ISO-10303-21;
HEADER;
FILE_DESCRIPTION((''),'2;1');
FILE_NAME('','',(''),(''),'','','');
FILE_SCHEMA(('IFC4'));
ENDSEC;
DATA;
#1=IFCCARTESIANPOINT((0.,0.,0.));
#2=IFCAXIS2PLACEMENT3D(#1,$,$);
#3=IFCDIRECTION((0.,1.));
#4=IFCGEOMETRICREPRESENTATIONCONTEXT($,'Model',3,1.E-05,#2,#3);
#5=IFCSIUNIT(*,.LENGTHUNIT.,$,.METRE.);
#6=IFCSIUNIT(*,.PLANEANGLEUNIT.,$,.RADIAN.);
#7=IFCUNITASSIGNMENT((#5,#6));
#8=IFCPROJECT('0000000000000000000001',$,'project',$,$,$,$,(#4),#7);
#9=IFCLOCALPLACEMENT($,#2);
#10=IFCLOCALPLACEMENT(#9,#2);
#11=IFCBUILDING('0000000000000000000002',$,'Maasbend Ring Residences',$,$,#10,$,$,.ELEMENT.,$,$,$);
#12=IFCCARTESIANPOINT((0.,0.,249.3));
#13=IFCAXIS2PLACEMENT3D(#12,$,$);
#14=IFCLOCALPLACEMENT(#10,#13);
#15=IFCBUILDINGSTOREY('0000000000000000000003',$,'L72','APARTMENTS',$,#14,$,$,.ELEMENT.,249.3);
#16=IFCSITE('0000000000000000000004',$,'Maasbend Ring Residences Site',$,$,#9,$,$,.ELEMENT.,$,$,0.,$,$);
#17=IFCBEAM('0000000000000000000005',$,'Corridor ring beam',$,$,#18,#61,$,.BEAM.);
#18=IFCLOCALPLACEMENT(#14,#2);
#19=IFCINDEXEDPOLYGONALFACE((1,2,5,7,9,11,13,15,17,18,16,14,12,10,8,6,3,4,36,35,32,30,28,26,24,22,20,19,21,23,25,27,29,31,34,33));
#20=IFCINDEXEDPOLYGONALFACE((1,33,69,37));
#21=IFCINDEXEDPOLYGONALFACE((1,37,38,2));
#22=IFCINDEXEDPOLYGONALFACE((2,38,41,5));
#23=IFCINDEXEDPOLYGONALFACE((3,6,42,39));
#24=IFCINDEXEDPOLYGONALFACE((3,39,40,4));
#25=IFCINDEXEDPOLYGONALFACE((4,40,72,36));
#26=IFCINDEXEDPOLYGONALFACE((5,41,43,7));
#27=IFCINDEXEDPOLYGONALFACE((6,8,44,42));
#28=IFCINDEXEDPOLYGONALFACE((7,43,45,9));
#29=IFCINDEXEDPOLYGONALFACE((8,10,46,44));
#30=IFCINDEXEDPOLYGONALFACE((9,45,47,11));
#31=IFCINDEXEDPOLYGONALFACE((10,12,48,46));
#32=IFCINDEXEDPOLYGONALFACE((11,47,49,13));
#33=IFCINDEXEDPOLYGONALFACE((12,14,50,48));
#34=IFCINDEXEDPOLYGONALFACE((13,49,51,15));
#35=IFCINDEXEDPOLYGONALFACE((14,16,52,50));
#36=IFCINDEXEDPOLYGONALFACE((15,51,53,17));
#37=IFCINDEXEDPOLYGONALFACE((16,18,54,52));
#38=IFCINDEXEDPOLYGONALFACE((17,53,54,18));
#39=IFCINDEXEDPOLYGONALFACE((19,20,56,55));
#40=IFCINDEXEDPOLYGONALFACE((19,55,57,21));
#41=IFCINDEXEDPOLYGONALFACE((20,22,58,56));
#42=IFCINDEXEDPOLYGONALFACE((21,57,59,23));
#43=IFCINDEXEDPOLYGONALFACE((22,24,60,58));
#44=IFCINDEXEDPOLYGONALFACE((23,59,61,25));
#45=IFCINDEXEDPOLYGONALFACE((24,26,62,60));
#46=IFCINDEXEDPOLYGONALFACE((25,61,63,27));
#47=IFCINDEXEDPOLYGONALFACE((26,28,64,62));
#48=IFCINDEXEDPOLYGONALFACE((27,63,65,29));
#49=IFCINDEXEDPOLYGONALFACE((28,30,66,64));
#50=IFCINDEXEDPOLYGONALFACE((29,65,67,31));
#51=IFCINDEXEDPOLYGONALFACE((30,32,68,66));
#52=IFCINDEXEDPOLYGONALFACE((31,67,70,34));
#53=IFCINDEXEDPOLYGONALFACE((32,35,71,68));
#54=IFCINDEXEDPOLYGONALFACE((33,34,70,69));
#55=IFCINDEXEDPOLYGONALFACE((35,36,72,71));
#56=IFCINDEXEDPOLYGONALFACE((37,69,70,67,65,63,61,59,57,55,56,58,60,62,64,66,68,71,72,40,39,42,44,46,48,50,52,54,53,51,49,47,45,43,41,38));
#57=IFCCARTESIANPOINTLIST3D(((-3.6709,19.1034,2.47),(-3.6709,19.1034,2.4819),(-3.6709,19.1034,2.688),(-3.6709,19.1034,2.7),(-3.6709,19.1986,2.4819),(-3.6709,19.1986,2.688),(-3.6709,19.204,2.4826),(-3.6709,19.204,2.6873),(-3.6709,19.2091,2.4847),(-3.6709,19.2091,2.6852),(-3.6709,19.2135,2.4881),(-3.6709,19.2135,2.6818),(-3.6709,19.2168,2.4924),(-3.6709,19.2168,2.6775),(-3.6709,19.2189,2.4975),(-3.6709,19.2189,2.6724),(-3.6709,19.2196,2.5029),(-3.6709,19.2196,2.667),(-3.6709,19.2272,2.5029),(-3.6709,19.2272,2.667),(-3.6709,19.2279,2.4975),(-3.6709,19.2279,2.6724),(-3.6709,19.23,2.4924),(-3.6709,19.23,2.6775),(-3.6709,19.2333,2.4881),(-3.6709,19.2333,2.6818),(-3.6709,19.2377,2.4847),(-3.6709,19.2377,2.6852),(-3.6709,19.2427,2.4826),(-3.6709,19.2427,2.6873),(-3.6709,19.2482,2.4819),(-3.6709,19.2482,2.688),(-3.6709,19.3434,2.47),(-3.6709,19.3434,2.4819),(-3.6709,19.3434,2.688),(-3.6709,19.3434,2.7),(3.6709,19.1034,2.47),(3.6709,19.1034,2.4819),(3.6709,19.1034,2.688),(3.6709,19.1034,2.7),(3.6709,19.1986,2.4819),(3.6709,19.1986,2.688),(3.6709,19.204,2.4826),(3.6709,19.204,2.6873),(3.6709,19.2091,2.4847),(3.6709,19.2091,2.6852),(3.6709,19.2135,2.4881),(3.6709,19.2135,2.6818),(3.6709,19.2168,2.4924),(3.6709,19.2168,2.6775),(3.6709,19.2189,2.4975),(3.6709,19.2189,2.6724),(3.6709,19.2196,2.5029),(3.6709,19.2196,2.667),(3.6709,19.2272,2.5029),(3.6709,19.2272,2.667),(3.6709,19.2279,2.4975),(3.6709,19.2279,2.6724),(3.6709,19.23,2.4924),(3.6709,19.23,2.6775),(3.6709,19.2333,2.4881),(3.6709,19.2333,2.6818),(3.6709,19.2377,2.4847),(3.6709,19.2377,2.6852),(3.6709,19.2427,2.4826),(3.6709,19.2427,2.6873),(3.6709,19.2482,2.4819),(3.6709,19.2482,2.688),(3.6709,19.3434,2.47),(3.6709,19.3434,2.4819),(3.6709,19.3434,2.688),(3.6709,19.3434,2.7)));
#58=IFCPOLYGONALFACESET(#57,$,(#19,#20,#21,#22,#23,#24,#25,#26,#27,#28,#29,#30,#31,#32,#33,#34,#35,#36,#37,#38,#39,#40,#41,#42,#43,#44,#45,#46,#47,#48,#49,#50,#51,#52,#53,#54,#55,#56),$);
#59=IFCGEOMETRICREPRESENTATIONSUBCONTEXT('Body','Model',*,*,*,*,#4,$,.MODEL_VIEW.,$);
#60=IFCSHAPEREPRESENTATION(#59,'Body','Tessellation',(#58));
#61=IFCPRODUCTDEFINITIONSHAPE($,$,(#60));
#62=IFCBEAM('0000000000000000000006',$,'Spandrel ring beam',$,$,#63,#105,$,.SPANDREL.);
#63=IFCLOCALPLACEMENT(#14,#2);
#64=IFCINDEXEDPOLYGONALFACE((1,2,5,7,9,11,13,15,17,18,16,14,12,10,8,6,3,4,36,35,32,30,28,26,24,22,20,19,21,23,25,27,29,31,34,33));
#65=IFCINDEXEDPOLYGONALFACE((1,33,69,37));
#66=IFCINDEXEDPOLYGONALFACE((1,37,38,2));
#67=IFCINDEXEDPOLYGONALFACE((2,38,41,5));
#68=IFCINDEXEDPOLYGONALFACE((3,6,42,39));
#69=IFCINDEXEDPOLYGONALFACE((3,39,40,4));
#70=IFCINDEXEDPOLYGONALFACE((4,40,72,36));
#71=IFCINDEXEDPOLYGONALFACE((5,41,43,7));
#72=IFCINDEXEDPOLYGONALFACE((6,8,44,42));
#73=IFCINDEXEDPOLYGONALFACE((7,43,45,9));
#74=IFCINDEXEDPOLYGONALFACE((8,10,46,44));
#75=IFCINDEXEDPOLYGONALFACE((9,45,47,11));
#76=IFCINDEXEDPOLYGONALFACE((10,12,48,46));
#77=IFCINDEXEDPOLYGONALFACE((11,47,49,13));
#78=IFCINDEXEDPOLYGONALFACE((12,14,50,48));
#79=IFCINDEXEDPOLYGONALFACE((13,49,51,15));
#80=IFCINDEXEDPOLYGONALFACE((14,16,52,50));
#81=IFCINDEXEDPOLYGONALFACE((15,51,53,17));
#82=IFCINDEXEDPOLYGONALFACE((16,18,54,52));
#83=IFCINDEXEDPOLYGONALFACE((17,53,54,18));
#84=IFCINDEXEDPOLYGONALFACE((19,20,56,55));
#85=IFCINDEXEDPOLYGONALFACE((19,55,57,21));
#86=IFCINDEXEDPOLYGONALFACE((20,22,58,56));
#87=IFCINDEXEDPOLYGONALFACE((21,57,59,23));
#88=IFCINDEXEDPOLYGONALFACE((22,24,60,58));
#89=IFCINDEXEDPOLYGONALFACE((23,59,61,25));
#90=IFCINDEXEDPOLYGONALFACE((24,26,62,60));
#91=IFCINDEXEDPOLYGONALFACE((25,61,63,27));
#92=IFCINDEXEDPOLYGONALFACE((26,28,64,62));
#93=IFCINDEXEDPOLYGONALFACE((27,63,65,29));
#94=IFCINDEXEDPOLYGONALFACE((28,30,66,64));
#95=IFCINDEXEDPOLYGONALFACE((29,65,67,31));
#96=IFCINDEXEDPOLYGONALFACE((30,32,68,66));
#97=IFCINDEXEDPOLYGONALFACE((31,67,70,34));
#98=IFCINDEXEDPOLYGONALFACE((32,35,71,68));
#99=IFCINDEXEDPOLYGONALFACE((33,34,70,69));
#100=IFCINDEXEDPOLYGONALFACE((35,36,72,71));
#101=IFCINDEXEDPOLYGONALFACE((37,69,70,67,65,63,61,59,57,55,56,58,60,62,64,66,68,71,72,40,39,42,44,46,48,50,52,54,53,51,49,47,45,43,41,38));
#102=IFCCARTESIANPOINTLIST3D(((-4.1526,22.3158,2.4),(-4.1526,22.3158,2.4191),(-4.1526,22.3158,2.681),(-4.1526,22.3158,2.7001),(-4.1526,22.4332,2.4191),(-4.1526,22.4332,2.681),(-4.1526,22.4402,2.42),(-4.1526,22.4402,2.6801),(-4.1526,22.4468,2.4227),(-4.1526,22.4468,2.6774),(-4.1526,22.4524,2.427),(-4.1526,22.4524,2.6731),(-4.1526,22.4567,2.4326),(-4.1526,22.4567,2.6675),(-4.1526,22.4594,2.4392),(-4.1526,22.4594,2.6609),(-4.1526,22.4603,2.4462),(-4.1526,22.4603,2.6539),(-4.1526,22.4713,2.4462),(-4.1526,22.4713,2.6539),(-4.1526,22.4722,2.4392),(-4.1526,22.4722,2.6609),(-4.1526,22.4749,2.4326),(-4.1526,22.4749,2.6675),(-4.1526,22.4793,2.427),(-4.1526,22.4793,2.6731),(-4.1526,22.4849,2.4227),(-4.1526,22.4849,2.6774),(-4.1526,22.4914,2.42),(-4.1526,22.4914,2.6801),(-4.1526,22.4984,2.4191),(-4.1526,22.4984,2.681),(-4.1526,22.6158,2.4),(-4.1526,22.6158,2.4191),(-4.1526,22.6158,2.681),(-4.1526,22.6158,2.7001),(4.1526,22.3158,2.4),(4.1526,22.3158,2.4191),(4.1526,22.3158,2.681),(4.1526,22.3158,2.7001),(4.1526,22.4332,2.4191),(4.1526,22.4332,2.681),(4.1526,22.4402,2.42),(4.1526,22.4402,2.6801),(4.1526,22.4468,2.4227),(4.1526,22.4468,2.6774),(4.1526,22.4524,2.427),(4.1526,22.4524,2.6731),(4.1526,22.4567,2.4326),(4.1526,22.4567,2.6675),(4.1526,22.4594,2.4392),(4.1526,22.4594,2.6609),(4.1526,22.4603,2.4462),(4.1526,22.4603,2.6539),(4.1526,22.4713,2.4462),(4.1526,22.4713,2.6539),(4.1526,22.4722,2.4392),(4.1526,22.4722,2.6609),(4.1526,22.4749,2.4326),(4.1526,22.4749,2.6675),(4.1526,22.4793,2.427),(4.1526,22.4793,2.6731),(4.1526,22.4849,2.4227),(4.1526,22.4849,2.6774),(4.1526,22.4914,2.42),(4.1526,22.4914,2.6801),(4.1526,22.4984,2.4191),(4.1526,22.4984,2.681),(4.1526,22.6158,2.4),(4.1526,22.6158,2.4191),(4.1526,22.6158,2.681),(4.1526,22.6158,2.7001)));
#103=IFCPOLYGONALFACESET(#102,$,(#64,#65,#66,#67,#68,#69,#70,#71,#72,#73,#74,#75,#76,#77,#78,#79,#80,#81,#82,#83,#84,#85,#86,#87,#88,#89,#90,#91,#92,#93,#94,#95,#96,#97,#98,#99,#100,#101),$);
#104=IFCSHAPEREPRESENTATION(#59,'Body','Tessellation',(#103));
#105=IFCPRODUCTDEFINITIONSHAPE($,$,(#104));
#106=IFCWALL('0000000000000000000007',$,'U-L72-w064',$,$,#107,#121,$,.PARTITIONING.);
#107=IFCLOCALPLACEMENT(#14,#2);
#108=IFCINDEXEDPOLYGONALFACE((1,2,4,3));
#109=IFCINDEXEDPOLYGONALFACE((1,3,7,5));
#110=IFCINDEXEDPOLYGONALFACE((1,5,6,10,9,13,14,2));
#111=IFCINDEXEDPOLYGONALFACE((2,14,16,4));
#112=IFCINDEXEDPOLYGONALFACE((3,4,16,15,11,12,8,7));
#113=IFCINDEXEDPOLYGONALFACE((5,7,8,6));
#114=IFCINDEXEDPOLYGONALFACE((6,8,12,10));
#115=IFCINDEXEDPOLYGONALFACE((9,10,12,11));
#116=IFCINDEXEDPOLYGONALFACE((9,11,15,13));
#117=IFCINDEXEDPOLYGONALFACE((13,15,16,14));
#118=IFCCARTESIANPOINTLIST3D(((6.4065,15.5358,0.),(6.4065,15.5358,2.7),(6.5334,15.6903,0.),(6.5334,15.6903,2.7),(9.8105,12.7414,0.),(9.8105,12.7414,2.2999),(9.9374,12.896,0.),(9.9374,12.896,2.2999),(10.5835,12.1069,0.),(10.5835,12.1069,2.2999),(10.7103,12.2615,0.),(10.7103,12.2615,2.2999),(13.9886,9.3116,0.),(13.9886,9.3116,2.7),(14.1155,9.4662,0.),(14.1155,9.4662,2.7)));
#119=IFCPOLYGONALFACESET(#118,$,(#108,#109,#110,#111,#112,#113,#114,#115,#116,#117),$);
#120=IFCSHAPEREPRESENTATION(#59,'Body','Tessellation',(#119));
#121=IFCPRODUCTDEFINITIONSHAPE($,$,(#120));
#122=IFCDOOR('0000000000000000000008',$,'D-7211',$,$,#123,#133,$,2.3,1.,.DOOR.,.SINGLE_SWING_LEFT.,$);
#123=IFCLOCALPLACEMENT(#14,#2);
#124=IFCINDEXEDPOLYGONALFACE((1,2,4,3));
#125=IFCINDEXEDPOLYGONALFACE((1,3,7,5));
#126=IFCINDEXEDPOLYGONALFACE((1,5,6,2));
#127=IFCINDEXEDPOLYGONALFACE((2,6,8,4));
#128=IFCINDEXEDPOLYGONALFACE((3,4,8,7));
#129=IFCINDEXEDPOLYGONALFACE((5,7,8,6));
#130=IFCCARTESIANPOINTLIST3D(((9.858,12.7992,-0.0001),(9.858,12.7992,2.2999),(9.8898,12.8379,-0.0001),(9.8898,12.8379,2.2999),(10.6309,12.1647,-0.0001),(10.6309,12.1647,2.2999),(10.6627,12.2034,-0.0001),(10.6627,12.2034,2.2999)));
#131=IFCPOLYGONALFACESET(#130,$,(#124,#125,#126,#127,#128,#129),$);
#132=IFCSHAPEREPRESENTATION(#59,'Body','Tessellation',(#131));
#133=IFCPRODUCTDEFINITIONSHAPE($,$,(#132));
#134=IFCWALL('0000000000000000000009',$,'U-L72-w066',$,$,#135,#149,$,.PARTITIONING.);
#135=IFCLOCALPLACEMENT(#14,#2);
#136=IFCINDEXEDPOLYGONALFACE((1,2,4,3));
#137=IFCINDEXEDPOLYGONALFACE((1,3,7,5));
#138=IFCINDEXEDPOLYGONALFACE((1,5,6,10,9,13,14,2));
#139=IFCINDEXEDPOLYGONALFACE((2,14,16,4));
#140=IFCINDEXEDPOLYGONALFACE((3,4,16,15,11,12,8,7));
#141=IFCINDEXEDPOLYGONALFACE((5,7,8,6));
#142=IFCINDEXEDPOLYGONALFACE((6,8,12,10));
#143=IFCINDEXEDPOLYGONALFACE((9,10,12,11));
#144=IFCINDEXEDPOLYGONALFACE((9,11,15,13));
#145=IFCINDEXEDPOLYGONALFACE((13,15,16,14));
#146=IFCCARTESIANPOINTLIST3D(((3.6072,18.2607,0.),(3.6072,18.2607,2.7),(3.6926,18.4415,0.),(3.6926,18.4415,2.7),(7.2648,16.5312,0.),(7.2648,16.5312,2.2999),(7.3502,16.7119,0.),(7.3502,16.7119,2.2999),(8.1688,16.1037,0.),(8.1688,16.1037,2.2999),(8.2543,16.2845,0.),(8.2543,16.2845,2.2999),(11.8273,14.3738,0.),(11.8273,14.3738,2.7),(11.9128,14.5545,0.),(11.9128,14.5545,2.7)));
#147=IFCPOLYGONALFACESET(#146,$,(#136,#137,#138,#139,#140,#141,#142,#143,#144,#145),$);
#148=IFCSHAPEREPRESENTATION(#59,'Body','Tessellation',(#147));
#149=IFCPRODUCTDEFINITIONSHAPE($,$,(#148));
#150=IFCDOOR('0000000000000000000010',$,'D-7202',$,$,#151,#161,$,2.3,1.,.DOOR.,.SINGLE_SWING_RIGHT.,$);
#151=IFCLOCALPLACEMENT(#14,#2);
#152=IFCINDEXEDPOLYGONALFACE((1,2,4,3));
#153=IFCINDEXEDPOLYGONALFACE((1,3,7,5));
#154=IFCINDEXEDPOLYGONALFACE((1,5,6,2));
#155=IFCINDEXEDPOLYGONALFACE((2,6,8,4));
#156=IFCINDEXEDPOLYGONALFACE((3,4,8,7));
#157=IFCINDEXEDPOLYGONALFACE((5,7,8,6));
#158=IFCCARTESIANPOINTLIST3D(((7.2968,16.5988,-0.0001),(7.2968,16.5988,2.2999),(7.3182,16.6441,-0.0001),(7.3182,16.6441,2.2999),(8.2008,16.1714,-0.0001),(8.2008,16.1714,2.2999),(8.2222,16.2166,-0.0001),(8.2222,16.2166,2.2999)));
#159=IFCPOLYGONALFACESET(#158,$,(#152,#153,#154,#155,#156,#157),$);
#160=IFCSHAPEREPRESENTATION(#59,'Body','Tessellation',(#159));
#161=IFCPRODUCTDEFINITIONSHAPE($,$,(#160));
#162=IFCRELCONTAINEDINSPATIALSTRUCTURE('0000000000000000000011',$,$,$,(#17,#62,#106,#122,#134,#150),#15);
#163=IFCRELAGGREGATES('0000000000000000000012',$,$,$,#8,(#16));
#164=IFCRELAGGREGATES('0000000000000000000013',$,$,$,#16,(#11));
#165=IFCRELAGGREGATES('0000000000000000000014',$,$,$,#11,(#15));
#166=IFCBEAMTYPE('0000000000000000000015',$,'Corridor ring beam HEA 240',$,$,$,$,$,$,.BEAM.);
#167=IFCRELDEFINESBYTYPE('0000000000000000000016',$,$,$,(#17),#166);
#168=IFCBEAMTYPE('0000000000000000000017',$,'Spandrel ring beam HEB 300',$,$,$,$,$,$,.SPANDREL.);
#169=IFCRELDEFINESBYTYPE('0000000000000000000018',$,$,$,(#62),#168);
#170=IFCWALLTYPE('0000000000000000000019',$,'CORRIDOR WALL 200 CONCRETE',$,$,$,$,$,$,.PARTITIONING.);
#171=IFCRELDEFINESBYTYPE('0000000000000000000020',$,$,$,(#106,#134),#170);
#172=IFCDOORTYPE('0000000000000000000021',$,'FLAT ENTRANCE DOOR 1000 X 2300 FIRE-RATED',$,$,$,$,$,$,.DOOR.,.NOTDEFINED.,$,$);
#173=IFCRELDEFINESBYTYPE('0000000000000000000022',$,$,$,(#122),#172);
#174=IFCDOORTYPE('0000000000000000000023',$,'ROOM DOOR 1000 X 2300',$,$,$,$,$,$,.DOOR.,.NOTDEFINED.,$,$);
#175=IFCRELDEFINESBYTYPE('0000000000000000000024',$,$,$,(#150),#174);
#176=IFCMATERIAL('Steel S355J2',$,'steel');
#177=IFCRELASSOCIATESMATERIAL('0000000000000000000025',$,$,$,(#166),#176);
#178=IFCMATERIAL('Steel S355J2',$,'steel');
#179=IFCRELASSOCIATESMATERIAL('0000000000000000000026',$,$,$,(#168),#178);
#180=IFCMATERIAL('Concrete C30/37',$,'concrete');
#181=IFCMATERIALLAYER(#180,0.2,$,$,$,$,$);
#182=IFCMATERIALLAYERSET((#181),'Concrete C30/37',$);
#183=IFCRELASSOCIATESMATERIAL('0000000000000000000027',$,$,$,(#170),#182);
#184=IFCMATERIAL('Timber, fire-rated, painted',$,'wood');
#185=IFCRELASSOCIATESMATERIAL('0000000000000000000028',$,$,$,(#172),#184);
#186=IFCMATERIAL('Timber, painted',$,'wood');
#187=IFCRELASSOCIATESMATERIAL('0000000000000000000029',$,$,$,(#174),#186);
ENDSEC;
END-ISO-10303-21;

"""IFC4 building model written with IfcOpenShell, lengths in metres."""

from ifc_helpers import new_model, si_unit, direction, frame, frame_2d, origin, origin_2d, place, context, subcontext, project, spatial, rectangle, i_section, extrude, material, layer, layer_set, material_profile, profile_set, type_object, element, fill, save


model = new_model("IFC4")

# Units and contexts
model_context = context("Model", 3, precision=1e-05, world=origin(), true_north=direction((0.0, 1.0)))
body_context = subcontext(model_context, "Body", "Model", "MODEL_VIEW")
ifc_project = project(units=[si_unit("LENGTHUNIT", "METRE"), si_unit("PLANEANGLEUNIT", "RADIAN")], contexts=[model_context])

# Site, building, storey
site_placement = place(None, origin())
site = spatial("IfcSite", under=ifc_project, at=site_placement, Name="Maasbend Ring Residences Site", CompositionType="ELEMENT", RefElevation=0.0)
building_placement = place(site_placement, origin())
building = spatial("IfcBuilding", under=site, at=building_placement, Name="Maasbend Ring Residences", CompositionType="ELEMENT")
storey_placement = place(building_placement, frame((0.0, 0.0, 249.3)))
storey = spatial("IfcBuildingStorey", under=building, at=storey_placement, Name="L72", Description="APARTMENTS", CompositionType="ELEMENT", Elevation=249.3)

# Beams
ifc_material_1 = material(Name="Steel S355J2", Category="steel")
ifc_material_profile_1 = material_profile(ifc_material_1, i_section(OverallWidth=0.24, OverallDepth=0.23, WebThickness=0.0076, FlangeThickness=0.012, FilletRadius=0.021, at=origin_2d()), Name="HEA 240")
ifc_profile_set_1 = profile_set([ifc_material_profile_1], Name="Steel S355J2")
beam_type_1 = type_object("IfcBeamType", Name="Corridor ring beam HEA 240", PredefinedType="BEAM", material=ifc_profile_set_1)
beam_1_placement = place(storey_placement, frame((3.6709, 19.2234, 2.585), z_axis=(-1.0, 0.0, 0.0), x_axis=(0.0, -1.0, 0.0)))
element("IfcBeam", 1, at=beam_1_placement, inside=storey, type_object=beam_type_1, Name="Corridor ring beam", PredefinedType="BEAM", context=body_context, shape_type="SweptSolid", body=[
    extrude(i_section(OverallWidth=0.24, OverallDepth=0.23, WebThickness=0.0076, FlangeThickness=0.012, FilletRadius=0.021, at=origin_2d()), origin(), (0.0, 0.0, 1.0), 7.3418),
])
ifc_material_2 = material(Name="Steel S355J2", Category="steel")
ifc_material_profile_2 = material_profile(ifc_material_2, i_section(OverallWidth=0.3, OverallDepth=0.3, WebThickness=0.011, FlangeThickness=0.019, FilletRadius=0.0271, at=origin_2d()), Name="HEB 300")
ifc_profile_set_2 = profile_set([ifc_material_profile_2], Name="Steel S355J2")
beam_type_2 = type_object("IfcBeamType", Name="Spandrel ring beam HEB 300", PredefinedType="SPANDREL", material=ifc_profile_set_2)
beam_2_placement = place(storey_placement, frame((4.1526, 22.4658, 2.55), z_axis=(-1.0, 0.0, 0.0), x_axis=(0.0, -1.0, 0.0)))
element("IfcBeam", 2, at=beam_2_placement, inside=storey, type_object=beam_type_2, Name="Spandrel ring beam", PredefinedType="SPANDREL", context=body_context, shape_type="SweptSolid", body=[
    extrude(i_section(OverallWidth=0.3, OverallDepth=0.3, WebThickness=0.011, FlangeThickness=0.019, FilletRadius=0.0271, at=origin_2d()), origin(), (0.0, 0.0, 1.0), 8.3052),
])

# Walls, openings, doors
ifc_material_3 = material(Name="Concrete C30/37", Category="concrete")
ifc_layer_1 = layer(ifc_material_3, 0.2)
ifc_layer_set_1 = layer_set([ifc_layer_1], Name="Concrete C30/37")
wall_type_1 = type_object("IfcWallType", Name="CORRIDOR WALL 200 CONCRETE", PredefinedType="PARTITIONING", material=ifc_layer_set_1)
wall_1_placement = place(storey_placement, frame((6.47, 15.613, 0.0), z_axis=(0.0, 0.0, 1.0), x_axis=(0.772925, -0.634497, 0.0)))
wall_1 = element("IfcWall", 3, at=wall_1_placement, inside=storey, type_object=wall_type_1, Name="U-L72-w064", PredefinedType="PARTITIONING", context=body_context, shape_type="SweptSolid", body=[
    extrude(rectangle(XDim=9.8096, YDim=0.2, at=frame_2d((4.9048, 0.0))), origin(), (0.0, 0.0, 1.0), 2.7),
])
opening_1_placement = place(wall_1_placement, frame((4.4041, 0.0, 0.0)))
opening_1 = element("IfcOpeningElement", 4, at=opening_1_placement, cuts=wall_1, PredefinedType="OPENING", context=body_context, shape_type="SweptSolid", body=[
    extrude(rectangle(XDim=1.0, YDim=2.3, at=frame_2d((0.5, 1.1499))), frame((0.0, 0.1099, 0.0), z_axis=(0.0, -1.0, 0.0), x_axis=(1.0, 0.0, 0.0)), (0.0, 0.0, 1.0), 0.22),
])
ifc_material_4 = material(Name="Timber, fire-rated, painted", Category="wood")
door_type_1 = type_object("IfcDoorType", Name="FLAT ENTRANCE DOOR 1000 X 2300 FIRE-RATED", OperationType="NOTDEFINED", PredefinedType="DOOR", material=ifc_material_4)
door_1_placement = place(opening_1_placement, origin())
door_1 = element("IfcDoor", 5, at=door_1_placement, inside=storey, type_object=door_type_1, Name="D-7211", OperationType="SINGLE_SWING_LEFT", OverallHeight=2.3, OverallWidth=1.0, PredefinedType="DOOR", context=body_context, shape_type="SweptSolid", body=[
    extrude(rectangle(XDim=1.0, YDim=2.3, at=frame_2d((0.5, 1.1499))), frame((0.0, 0.0249, 0.0), z_axis=(0.0, -1.0, 0.0), x_axis=(1.0, 0.0, 0.0)), (0.0, 0.0, 1.0), 0.05),
])
fill(opening_1, door_1)
wall_2_placement = place(storey_placement, frame((3.6499, 18.3511, 0.0), z_axis=(0.0, 0.0, 1.0), x_axis=(0.904028, -0.427473, 0.0)))
wall_2 = element("IfcWall", 6, at=wall_2_placement, inside=storey, type_object=wall_type_1, Name="U-L72-w066", PredefinedType="PARTITIONING", context=body_context, shape_type="SweptSolid", body=[
    extrude(rectangle(XDim=9.0928, YDim=0.2, at=frame_2d((4.5464, 0.0))), origin(), (0.0, 0.0, 1.0), 2.7),
])
opening_2_placement = place(wall_2_placement, frame((4.0459, 0.0, 0.0)))
opening_2 = element("IfcOpeningElement", 7, at=opening_2_placement, cuts=wall_2, PredefinedType="OPENING", context=body_context, shape_type="SweptSolid", body=[
    extrude(rectangle(XDim=1.0, YDim=2.3, at=frame_2d((0.5, 1.1499))), frame((0.0, 0.1099, 0.0), z_axis=(0.0, -1.0, 0.0), x_axis=(1.0, 0.0, 0.0)), (0.0, 0.0, 1.0), 0.22),
])
ifc_material_5 = material(Name="Timber, painted", Category="wood")
door_type_2 = type_object("IfcDoorType", Name="ROOM DOOR 1000 X 2300", OperationType="NOTDEFINED", PredefinedType="DOOR", material=ifc_material_5)
door_2_placement = place(opening_2_placement, origin())
door_2 = element("IfcDoor", 8, at=door_2_placement, inside=storey, type_object=door_type_2, Name="D-7202", OperationType="SINGLE_SWING_RIGHT", OverallHeight=2.3, OverallWidth=1.0, PredefinedType="DOOR", context=body_context, shape_type="SweptSolid", body=[
    extrude(rectangle(XDim=1.0, YDim=2.3, at=frame_2d((0.5, 1.1499))), frame((0.0, 0.0249, 0.0), z_axis=(0.0, -1.0, 0.0), x_axis=(1.0, 0.0, 0.0)), (0.0, 0.0, 1.0), 0.05),
])
fill(opening_2, door_2)

save(model, "model.ifc")
